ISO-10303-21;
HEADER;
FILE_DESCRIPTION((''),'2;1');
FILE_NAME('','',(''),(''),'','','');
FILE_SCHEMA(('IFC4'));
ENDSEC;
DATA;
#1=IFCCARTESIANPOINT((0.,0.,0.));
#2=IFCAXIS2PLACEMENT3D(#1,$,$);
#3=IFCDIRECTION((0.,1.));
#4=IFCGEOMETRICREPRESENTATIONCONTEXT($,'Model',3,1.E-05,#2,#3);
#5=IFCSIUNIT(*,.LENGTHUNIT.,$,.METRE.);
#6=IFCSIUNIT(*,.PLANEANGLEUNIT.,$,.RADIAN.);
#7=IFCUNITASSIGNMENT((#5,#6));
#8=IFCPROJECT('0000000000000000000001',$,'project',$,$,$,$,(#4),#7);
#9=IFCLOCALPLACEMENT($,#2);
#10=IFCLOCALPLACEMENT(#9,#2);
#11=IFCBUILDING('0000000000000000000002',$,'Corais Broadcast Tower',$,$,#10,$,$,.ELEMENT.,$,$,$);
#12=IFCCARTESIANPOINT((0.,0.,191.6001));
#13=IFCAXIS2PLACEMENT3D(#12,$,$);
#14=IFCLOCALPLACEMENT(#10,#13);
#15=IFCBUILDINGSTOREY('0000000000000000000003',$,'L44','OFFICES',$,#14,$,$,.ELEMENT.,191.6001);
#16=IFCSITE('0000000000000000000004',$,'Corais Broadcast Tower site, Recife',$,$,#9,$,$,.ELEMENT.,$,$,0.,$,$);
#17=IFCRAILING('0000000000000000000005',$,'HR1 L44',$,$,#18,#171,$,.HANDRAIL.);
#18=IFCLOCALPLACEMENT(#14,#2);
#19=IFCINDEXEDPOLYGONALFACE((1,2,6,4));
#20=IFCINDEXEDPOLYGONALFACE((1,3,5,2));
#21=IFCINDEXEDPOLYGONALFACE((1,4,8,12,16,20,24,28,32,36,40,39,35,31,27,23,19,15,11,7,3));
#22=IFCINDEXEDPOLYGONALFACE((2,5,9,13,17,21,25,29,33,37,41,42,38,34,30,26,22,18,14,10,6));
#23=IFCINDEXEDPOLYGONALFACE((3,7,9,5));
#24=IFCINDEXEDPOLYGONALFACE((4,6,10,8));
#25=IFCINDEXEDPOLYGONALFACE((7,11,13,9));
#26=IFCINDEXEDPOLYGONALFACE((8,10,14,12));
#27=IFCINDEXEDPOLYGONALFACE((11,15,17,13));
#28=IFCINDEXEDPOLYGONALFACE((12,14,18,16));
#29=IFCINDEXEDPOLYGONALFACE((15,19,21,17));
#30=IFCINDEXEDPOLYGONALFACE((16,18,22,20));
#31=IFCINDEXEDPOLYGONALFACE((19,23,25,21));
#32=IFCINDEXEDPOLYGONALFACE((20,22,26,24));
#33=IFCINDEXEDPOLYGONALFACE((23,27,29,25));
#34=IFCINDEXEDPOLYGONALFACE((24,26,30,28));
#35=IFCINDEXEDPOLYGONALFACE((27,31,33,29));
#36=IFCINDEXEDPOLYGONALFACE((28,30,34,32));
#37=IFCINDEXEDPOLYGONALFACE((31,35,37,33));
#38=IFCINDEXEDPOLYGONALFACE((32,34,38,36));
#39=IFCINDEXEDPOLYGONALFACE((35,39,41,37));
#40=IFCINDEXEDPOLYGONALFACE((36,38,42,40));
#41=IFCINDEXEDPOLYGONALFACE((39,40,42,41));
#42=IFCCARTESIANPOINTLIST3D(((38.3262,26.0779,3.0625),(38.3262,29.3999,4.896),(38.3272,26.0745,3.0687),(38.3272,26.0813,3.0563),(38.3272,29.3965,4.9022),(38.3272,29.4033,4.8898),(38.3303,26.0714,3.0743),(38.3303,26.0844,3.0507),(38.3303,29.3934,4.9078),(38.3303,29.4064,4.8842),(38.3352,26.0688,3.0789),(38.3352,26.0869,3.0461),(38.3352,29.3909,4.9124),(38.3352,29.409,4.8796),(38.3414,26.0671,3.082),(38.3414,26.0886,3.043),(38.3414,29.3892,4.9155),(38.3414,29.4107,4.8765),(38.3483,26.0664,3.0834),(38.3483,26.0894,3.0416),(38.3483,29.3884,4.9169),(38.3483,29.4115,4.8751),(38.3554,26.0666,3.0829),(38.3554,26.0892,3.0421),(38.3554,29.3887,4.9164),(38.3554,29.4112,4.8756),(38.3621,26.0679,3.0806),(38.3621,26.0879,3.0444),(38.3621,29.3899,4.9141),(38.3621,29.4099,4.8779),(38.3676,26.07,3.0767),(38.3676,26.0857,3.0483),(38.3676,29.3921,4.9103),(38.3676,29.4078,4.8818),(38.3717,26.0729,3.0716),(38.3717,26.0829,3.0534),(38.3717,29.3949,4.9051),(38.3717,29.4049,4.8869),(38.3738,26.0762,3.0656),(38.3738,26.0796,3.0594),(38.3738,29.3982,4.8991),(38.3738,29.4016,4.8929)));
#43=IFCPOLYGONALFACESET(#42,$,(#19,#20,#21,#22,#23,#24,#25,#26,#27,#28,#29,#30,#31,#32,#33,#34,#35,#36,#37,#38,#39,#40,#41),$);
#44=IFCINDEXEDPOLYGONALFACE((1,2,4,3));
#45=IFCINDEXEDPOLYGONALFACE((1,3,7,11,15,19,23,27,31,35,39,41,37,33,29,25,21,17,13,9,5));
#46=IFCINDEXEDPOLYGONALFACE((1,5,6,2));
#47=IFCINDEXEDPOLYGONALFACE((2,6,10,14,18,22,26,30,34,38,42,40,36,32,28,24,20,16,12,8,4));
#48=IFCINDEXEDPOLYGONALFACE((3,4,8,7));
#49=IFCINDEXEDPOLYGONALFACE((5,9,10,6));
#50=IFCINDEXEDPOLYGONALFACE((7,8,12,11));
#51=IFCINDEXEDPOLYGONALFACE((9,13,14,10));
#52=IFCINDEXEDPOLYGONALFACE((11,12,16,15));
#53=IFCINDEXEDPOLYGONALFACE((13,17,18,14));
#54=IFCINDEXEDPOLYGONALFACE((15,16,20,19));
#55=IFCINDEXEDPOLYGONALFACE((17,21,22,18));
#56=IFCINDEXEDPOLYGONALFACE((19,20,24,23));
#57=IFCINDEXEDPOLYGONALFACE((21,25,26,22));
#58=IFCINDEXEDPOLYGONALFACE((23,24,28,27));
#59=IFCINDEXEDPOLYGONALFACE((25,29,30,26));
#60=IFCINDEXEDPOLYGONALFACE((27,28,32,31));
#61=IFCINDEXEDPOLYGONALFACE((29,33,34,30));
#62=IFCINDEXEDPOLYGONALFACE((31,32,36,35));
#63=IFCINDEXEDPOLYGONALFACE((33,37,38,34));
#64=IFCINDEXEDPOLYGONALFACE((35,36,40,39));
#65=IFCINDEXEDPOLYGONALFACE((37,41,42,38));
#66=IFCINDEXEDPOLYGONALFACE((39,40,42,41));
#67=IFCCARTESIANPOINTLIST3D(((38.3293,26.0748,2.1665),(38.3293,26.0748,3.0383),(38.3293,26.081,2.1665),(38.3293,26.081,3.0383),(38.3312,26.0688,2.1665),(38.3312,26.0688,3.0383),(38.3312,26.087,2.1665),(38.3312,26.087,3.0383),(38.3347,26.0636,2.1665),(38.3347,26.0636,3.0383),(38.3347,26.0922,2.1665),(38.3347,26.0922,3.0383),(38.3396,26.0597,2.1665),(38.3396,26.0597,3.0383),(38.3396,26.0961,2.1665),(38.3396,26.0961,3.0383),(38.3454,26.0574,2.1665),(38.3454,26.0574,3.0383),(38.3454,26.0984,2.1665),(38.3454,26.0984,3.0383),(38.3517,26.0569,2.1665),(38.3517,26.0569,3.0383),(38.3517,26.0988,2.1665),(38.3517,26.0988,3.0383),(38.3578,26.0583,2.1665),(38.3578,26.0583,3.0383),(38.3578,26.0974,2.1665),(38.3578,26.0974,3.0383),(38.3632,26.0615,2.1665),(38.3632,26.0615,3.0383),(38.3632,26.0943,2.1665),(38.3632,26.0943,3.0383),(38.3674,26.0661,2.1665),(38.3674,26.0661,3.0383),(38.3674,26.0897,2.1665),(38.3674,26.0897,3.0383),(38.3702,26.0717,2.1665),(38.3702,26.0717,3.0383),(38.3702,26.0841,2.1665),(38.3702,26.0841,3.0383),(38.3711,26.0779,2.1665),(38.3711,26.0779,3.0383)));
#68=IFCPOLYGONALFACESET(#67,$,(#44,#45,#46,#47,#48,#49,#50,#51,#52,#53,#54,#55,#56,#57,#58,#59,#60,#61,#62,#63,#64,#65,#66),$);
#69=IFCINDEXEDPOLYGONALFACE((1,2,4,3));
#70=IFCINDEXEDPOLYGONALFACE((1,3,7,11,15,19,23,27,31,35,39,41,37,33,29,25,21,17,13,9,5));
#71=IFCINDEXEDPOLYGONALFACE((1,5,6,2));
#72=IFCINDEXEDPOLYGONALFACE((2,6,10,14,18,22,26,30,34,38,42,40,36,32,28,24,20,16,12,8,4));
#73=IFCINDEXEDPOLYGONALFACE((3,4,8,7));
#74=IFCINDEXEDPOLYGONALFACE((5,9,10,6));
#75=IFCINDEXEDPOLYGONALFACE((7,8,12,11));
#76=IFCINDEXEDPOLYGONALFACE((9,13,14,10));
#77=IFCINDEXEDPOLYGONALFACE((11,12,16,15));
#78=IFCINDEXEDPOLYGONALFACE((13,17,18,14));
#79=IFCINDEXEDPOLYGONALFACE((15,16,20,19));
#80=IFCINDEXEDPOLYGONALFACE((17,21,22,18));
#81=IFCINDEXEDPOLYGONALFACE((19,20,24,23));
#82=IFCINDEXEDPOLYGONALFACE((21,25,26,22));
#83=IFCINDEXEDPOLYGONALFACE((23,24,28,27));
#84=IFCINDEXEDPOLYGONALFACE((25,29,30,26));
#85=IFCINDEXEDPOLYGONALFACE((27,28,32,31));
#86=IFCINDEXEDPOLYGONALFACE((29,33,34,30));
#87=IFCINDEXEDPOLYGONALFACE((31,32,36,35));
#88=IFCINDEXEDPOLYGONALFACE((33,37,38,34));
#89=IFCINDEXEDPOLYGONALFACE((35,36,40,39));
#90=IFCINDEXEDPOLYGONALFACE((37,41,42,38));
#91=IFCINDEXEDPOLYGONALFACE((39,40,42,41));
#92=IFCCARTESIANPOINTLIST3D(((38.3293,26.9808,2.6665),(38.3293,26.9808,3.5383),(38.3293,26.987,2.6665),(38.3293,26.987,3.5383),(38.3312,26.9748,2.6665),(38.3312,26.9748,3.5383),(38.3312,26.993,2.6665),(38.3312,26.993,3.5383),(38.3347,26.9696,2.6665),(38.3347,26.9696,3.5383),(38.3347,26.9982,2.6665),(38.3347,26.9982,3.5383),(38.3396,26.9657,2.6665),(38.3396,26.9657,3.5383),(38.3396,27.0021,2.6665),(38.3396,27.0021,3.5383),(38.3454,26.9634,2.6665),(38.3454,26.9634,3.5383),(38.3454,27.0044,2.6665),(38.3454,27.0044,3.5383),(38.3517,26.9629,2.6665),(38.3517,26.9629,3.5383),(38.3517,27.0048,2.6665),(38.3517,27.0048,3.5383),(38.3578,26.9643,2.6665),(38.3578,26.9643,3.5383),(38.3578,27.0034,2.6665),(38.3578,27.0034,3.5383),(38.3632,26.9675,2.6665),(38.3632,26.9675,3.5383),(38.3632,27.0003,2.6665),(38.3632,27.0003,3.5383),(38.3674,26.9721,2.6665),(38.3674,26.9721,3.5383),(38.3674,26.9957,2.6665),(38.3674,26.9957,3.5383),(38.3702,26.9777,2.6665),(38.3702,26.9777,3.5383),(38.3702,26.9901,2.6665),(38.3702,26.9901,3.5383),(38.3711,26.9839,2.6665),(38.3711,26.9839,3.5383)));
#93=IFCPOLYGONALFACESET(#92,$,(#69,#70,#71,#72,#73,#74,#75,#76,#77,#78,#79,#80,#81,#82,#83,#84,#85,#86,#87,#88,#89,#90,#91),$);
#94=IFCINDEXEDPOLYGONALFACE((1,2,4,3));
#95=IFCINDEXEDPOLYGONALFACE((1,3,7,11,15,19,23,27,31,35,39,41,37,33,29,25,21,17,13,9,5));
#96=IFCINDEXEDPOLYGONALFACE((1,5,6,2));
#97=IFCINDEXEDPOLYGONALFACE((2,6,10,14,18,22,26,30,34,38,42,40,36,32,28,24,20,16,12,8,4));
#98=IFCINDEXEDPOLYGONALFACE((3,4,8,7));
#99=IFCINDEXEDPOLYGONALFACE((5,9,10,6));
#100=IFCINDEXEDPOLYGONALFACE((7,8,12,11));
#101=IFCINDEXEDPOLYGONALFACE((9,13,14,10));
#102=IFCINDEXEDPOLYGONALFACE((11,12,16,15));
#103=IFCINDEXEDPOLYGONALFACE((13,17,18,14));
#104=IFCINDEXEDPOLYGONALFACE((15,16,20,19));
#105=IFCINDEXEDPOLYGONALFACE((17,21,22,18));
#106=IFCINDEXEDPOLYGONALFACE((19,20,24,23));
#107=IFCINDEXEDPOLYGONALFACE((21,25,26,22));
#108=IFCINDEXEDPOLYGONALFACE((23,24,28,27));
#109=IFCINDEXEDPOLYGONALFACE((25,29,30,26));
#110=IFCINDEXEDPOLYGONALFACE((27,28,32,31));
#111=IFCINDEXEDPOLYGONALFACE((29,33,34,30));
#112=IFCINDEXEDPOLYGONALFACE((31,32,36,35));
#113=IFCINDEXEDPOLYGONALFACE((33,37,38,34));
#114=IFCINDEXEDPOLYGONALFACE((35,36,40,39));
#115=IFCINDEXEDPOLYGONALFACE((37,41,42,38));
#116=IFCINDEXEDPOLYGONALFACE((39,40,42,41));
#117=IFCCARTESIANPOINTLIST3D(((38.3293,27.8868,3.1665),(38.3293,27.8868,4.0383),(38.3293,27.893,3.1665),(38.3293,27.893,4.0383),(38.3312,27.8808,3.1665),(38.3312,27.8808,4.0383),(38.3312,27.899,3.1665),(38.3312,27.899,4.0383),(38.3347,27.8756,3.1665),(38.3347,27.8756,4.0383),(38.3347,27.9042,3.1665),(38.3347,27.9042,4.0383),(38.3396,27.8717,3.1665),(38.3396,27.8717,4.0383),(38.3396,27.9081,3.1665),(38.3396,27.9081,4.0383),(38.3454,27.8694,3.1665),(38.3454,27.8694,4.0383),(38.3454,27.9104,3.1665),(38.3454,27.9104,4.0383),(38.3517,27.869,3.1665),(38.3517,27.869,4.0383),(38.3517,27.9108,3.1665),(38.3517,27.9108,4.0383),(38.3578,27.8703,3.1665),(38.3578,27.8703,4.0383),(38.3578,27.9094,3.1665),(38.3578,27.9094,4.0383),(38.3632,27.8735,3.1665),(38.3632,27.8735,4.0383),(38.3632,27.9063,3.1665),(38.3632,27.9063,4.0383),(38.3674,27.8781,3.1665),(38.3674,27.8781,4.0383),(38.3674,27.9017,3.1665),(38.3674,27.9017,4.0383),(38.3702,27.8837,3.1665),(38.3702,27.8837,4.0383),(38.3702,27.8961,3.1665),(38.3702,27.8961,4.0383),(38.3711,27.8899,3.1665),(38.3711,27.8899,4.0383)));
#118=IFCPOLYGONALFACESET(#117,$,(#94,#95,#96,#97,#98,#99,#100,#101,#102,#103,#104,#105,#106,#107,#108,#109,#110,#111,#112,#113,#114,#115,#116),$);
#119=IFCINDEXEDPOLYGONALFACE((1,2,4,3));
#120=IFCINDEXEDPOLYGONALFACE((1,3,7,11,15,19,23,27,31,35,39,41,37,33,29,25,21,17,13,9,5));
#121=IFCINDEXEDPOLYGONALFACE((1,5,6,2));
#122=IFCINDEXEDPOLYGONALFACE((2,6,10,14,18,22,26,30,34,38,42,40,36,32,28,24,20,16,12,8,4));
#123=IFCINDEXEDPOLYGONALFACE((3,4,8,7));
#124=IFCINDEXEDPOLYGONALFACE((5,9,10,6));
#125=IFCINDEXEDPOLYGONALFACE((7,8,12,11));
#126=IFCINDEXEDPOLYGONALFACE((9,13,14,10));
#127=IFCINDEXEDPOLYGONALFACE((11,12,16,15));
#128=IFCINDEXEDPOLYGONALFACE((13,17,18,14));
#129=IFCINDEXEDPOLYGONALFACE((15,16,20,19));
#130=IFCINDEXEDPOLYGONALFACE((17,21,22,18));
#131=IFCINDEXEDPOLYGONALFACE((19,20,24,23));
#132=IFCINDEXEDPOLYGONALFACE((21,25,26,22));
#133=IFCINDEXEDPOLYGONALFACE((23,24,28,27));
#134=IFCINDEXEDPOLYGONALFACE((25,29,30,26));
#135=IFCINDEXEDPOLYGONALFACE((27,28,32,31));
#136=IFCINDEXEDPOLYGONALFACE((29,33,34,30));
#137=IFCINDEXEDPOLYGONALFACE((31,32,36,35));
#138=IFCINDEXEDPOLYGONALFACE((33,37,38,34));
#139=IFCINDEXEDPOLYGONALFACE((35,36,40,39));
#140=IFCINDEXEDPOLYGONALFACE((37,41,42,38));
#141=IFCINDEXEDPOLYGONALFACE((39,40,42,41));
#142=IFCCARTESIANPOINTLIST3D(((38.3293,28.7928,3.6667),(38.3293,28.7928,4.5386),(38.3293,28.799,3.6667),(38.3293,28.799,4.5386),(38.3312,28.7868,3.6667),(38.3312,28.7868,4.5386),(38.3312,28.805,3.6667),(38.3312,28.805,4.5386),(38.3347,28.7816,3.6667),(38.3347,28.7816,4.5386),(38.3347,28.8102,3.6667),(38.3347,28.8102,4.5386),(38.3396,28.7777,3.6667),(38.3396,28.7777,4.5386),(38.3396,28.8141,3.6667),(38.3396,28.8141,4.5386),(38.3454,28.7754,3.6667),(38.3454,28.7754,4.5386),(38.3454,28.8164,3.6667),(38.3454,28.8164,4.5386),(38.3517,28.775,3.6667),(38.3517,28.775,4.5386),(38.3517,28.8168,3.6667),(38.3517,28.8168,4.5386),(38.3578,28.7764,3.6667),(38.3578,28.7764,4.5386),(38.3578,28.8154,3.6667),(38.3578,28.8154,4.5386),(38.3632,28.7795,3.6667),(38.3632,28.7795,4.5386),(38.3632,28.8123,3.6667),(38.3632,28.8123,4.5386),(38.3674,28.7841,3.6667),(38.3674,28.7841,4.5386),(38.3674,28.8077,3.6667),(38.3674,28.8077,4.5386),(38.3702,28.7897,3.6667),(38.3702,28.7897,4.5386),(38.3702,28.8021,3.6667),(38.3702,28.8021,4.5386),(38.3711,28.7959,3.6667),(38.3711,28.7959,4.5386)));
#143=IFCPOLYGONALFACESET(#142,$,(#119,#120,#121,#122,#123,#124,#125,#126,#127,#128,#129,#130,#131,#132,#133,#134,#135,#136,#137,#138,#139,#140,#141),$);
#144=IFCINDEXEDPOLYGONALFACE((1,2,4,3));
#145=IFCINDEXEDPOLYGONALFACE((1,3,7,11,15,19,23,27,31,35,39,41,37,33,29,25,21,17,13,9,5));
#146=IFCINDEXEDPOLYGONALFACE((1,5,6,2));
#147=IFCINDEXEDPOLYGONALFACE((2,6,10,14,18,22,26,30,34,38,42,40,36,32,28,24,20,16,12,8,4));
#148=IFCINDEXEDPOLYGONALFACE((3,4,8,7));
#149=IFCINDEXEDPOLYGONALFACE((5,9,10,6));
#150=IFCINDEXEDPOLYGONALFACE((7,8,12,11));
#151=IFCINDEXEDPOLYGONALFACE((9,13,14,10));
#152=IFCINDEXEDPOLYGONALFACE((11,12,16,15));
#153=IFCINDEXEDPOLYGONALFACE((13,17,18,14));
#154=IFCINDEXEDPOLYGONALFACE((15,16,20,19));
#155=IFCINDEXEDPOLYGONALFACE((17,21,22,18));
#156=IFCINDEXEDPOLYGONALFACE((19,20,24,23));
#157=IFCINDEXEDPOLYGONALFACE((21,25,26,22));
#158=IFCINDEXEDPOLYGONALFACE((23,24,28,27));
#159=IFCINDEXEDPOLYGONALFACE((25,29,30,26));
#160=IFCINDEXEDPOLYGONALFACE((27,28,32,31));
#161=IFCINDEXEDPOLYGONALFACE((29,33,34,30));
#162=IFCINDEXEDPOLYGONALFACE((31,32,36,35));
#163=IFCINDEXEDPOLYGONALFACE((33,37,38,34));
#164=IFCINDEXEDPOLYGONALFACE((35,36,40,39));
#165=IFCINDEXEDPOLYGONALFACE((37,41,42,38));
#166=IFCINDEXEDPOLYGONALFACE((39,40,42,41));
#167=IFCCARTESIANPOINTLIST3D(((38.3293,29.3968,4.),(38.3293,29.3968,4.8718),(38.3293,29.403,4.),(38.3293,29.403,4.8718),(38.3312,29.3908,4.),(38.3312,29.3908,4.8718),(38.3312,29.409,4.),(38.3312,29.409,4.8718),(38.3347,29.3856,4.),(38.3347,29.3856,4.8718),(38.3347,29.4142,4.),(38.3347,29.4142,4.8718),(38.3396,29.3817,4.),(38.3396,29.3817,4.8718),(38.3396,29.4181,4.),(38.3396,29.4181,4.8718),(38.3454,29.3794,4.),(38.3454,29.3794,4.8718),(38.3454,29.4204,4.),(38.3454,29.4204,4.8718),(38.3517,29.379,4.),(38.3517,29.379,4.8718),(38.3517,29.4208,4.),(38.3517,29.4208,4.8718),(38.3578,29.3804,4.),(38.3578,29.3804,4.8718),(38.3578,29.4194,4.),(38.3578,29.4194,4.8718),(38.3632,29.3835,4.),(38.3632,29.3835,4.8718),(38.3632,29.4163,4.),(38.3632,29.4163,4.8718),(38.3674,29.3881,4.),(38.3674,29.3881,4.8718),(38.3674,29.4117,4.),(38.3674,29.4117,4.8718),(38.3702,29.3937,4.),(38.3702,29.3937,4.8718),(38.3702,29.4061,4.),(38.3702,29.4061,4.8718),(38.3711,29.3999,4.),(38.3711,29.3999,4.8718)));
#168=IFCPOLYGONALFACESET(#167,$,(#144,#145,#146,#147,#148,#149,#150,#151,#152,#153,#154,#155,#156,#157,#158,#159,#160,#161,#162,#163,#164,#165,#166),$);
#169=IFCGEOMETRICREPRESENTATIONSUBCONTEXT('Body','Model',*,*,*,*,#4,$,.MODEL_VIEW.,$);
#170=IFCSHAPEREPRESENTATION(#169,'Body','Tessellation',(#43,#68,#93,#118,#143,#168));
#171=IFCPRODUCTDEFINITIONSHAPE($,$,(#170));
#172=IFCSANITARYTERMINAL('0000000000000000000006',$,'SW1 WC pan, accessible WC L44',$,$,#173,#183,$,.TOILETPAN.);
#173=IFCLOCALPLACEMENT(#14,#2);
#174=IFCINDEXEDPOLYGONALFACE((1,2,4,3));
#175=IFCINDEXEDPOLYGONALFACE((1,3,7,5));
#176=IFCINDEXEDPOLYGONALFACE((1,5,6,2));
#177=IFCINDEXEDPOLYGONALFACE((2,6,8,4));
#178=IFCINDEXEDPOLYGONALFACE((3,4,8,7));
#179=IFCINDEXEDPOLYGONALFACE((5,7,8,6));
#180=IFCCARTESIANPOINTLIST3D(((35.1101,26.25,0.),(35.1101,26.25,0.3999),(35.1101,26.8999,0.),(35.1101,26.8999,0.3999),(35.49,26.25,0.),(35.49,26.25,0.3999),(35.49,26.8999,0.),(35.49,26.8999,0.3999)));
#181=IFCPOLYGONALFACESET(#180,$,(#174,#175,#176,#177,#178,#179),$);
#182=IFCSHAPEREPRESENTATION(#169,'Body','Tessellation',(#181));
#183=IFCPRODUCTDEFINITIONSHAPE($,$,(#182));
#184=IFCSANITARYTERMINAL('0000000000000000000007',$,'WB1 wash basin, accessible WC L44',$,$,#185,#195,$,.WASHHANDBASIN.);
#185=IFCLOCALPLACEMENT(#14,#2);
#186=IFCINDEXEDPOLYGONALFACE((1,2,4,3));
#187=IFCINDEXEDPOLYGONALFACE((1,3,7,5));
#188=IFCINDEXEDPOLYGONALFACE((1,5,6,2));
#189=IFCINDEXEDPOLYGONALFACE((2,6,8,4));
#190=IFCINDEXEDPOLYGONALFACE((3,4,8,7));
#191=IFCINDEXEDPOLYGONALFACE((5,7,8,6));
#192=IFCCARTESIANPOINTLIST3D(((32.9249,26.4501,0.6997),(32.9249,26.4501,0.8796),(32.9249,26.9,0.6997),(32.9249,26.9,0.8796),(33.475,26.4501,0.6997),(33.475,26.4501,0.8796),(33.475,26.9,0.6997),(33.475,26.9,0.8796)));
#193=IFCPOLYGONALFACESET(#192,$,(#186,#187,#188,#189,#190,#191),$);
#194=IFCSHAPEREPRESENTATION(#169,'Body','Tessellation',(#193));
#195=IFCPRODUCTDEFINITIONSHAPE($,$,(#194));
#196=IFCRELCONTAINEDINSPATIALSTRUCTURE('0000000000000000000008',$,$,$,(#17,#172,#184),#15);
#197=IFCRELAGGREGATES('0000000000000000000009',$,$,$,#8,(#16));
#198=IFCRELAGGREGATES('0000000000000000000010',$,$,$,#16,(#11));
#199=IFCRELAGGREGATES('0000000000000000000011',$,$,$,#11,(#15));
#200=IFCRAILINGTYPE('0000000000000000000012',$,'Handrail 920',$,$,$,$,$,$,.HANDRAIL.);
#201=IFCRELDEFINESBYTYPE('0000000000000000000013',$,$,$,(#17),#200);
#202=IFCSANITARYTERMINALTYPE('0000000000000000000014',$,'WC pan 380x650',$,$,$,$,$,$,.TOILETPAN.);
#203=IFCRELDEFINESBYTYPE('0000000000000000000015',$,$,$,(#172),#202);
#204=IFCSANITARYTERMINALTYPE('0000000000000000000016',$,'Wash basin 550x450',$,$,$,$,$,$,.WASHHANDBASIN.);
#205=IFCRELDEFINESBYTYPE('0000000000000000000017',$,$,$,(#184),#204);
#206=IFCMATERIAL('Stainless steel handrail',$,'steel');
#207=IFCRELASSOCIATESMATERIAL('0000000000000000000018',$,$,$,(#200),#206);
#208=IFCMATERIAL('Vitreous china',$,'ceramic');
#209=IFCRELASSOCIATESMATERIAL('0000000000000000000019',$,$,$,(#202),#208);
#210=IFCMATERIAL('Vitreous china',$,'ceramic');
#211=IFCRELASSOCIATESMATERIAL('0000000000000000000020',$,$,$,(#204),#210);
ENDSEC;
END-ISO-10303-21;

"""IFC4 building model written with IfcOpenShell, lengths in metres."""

from ifc_helpers import new_model, si_unit, direction, frame, origin, origin_2d, place, context, subcontext, project, spatial, rectangle, circle, extrude, material, type_object, element, save


model = new_model("IFC4")

# Units and contexts
model_context = context("Model", 3, precision=1e-05, world=origin(), true_north=direction((0.0, 1.0)))
body_context = subcontext(model_context, "Body", "Model", "MODEL_VIEW")
ifc_project = project(units=[si_unit("LENGTHUNIT", "METRE"), si_unit("PLANEANGLEUNIT", "RADIAN")], contexts=[model_context])

# Site, building, storey
site_placement = place(None, origin())
site = spatial("IfcSite", under=ifc_project, at=site_placement, Name="Corais Broadcast Tower site, Recife", CompositionType="ELEMENT", RefElevation=0.0)
building_placement = place(site_placement, origin())
building = spatial("IfcBuilding", under=site, at=building_placement, Name="Corais Broadcast Tower", CompositionType="ELEMENT")
storey_placement = place(building_placement, frame((0.0, 0.0, 191.6001)))
storey = spatial("IfcBuildingStorey", under=building, at=storey_placement, Name="L44", Description="OFFICES", CompositionType="ELEMENT", Elevation=191.6001)

# Railing
ifc_material_1 = material(Name="Stainless steel handrail", Category="steel")
railing_type = type_object("IfcRailingType", Name="Handrail 920", PredefinedType="HANDRAIL", material=ifc_material_1)
for number, where, name in (
    (1, (38.3501, 26.0779, 2.1665), "HR1 L44"),
):
    element("IfcRailing", number, at=place(storey_placement, frame(where)), inside=storey, type_object=railing_type, Name=name, PredefinedType="HANDRAIL", context=body_context, shape_type="SweptSolid", body=[
        extrude(circle(Radius=0.0239, at=origin_2d()), frame((0.0, 0.0, 0.896), z_axis=(0.0, 0.875504, 0.48321), x_axis=(-1.0, 0.0, 0.0)), (0.0, 0.0, 1.0), 3.7944),
        extrude(circle(Radius=0.021, at=origin_2d()), origin(), (0.0, 0.0, 1.0), 0.8718),
        extrude(circle(Radius=0.021, at=origin_2d()), frame((0.0, 0.906, 0.5)), (0.0, 0.0, 1.0), 0.8718),
        extrude(circle(Radius=0.021, at=origin_2d()), frame((0.0, 1.812, 1.0)), (0.0, 0.0, 1.0), 0.8718),
        extrude(circle(Radius=0.021, at=origin_2d()), frame((0.0, 2.718, 1.5002)), (0.0, 0.0, 1.0), 0.8718),
        extrude(circle(Radius=0.021, at=origin_2d()), frame((0.0, 3.322, 1.8335)), (0.0, 0.0, 1.0), 0.8718),
    ])

# Sanitary terminals
ifc_material_2 = material(Name="Vitreous china", Category="ceramic")
sanitary_terminal_type_1 = type_object("IfcSanitaryTerminalType", Name="WC pan 380x650", PredefinedType="TOILETPAN", material=ifc_material_2)
sanitary_terminal_1_placement = place(storey_placement, frame((35.3, 26.575, 0.0), z_axis=(0.0, 0.0, 1.0), x_axis=(1.0, 0.0, 0.0)))
element("IfcSanitaryTerminal", 2, at=sanitary_terminal_1_placement, inside=storey, type_object=sanitary_terminal_type_1, Name="SW1 WC pan, accessible WC L44", PredefinedType="TOILETPAN", context=body_context, shape_type="SweptSolid", body=[
    extrude(rectangle(XDim=0.3799, YDim=0.6499, at=origin_2d()), origin(), (0.0, 0.0, 1.0), 0.3999),
])
ifc_material_3 = material(Name="Vitreous china", Category="ceramic")
sanitary_terminal_type_2 = type_object("IfcSanitaryTerminalType", Name="Wash basin 550x450", PredefinedType="WASHHANDBASIN", material=ifc_material_3)
sanitary_terminal_2_placement = place(storey_placement, frame((33.2, 26.675, 0.6997), z_axis=(0.0, 0.0, 1.0), x_axis=(1.0, 0.0, 0.0)))
element("IfcSanitaryTerminal", 3, at=sanitary_terminal_2_placement, inside=storey, type_object=sanitary_terminal_type_2, Name="WB1 wash basin, accessible WC L44", PredefinedType="WASHHANDBASIN", context=body_context, shape_type="SweptSolid", body=[
    extrude(rectangle(XDim=0.55, YDim=0.45, at=origin_2d()), origin(), (0.0, 0.0, 1.0), 0.1799),
])

save(model, "model.ifc")
